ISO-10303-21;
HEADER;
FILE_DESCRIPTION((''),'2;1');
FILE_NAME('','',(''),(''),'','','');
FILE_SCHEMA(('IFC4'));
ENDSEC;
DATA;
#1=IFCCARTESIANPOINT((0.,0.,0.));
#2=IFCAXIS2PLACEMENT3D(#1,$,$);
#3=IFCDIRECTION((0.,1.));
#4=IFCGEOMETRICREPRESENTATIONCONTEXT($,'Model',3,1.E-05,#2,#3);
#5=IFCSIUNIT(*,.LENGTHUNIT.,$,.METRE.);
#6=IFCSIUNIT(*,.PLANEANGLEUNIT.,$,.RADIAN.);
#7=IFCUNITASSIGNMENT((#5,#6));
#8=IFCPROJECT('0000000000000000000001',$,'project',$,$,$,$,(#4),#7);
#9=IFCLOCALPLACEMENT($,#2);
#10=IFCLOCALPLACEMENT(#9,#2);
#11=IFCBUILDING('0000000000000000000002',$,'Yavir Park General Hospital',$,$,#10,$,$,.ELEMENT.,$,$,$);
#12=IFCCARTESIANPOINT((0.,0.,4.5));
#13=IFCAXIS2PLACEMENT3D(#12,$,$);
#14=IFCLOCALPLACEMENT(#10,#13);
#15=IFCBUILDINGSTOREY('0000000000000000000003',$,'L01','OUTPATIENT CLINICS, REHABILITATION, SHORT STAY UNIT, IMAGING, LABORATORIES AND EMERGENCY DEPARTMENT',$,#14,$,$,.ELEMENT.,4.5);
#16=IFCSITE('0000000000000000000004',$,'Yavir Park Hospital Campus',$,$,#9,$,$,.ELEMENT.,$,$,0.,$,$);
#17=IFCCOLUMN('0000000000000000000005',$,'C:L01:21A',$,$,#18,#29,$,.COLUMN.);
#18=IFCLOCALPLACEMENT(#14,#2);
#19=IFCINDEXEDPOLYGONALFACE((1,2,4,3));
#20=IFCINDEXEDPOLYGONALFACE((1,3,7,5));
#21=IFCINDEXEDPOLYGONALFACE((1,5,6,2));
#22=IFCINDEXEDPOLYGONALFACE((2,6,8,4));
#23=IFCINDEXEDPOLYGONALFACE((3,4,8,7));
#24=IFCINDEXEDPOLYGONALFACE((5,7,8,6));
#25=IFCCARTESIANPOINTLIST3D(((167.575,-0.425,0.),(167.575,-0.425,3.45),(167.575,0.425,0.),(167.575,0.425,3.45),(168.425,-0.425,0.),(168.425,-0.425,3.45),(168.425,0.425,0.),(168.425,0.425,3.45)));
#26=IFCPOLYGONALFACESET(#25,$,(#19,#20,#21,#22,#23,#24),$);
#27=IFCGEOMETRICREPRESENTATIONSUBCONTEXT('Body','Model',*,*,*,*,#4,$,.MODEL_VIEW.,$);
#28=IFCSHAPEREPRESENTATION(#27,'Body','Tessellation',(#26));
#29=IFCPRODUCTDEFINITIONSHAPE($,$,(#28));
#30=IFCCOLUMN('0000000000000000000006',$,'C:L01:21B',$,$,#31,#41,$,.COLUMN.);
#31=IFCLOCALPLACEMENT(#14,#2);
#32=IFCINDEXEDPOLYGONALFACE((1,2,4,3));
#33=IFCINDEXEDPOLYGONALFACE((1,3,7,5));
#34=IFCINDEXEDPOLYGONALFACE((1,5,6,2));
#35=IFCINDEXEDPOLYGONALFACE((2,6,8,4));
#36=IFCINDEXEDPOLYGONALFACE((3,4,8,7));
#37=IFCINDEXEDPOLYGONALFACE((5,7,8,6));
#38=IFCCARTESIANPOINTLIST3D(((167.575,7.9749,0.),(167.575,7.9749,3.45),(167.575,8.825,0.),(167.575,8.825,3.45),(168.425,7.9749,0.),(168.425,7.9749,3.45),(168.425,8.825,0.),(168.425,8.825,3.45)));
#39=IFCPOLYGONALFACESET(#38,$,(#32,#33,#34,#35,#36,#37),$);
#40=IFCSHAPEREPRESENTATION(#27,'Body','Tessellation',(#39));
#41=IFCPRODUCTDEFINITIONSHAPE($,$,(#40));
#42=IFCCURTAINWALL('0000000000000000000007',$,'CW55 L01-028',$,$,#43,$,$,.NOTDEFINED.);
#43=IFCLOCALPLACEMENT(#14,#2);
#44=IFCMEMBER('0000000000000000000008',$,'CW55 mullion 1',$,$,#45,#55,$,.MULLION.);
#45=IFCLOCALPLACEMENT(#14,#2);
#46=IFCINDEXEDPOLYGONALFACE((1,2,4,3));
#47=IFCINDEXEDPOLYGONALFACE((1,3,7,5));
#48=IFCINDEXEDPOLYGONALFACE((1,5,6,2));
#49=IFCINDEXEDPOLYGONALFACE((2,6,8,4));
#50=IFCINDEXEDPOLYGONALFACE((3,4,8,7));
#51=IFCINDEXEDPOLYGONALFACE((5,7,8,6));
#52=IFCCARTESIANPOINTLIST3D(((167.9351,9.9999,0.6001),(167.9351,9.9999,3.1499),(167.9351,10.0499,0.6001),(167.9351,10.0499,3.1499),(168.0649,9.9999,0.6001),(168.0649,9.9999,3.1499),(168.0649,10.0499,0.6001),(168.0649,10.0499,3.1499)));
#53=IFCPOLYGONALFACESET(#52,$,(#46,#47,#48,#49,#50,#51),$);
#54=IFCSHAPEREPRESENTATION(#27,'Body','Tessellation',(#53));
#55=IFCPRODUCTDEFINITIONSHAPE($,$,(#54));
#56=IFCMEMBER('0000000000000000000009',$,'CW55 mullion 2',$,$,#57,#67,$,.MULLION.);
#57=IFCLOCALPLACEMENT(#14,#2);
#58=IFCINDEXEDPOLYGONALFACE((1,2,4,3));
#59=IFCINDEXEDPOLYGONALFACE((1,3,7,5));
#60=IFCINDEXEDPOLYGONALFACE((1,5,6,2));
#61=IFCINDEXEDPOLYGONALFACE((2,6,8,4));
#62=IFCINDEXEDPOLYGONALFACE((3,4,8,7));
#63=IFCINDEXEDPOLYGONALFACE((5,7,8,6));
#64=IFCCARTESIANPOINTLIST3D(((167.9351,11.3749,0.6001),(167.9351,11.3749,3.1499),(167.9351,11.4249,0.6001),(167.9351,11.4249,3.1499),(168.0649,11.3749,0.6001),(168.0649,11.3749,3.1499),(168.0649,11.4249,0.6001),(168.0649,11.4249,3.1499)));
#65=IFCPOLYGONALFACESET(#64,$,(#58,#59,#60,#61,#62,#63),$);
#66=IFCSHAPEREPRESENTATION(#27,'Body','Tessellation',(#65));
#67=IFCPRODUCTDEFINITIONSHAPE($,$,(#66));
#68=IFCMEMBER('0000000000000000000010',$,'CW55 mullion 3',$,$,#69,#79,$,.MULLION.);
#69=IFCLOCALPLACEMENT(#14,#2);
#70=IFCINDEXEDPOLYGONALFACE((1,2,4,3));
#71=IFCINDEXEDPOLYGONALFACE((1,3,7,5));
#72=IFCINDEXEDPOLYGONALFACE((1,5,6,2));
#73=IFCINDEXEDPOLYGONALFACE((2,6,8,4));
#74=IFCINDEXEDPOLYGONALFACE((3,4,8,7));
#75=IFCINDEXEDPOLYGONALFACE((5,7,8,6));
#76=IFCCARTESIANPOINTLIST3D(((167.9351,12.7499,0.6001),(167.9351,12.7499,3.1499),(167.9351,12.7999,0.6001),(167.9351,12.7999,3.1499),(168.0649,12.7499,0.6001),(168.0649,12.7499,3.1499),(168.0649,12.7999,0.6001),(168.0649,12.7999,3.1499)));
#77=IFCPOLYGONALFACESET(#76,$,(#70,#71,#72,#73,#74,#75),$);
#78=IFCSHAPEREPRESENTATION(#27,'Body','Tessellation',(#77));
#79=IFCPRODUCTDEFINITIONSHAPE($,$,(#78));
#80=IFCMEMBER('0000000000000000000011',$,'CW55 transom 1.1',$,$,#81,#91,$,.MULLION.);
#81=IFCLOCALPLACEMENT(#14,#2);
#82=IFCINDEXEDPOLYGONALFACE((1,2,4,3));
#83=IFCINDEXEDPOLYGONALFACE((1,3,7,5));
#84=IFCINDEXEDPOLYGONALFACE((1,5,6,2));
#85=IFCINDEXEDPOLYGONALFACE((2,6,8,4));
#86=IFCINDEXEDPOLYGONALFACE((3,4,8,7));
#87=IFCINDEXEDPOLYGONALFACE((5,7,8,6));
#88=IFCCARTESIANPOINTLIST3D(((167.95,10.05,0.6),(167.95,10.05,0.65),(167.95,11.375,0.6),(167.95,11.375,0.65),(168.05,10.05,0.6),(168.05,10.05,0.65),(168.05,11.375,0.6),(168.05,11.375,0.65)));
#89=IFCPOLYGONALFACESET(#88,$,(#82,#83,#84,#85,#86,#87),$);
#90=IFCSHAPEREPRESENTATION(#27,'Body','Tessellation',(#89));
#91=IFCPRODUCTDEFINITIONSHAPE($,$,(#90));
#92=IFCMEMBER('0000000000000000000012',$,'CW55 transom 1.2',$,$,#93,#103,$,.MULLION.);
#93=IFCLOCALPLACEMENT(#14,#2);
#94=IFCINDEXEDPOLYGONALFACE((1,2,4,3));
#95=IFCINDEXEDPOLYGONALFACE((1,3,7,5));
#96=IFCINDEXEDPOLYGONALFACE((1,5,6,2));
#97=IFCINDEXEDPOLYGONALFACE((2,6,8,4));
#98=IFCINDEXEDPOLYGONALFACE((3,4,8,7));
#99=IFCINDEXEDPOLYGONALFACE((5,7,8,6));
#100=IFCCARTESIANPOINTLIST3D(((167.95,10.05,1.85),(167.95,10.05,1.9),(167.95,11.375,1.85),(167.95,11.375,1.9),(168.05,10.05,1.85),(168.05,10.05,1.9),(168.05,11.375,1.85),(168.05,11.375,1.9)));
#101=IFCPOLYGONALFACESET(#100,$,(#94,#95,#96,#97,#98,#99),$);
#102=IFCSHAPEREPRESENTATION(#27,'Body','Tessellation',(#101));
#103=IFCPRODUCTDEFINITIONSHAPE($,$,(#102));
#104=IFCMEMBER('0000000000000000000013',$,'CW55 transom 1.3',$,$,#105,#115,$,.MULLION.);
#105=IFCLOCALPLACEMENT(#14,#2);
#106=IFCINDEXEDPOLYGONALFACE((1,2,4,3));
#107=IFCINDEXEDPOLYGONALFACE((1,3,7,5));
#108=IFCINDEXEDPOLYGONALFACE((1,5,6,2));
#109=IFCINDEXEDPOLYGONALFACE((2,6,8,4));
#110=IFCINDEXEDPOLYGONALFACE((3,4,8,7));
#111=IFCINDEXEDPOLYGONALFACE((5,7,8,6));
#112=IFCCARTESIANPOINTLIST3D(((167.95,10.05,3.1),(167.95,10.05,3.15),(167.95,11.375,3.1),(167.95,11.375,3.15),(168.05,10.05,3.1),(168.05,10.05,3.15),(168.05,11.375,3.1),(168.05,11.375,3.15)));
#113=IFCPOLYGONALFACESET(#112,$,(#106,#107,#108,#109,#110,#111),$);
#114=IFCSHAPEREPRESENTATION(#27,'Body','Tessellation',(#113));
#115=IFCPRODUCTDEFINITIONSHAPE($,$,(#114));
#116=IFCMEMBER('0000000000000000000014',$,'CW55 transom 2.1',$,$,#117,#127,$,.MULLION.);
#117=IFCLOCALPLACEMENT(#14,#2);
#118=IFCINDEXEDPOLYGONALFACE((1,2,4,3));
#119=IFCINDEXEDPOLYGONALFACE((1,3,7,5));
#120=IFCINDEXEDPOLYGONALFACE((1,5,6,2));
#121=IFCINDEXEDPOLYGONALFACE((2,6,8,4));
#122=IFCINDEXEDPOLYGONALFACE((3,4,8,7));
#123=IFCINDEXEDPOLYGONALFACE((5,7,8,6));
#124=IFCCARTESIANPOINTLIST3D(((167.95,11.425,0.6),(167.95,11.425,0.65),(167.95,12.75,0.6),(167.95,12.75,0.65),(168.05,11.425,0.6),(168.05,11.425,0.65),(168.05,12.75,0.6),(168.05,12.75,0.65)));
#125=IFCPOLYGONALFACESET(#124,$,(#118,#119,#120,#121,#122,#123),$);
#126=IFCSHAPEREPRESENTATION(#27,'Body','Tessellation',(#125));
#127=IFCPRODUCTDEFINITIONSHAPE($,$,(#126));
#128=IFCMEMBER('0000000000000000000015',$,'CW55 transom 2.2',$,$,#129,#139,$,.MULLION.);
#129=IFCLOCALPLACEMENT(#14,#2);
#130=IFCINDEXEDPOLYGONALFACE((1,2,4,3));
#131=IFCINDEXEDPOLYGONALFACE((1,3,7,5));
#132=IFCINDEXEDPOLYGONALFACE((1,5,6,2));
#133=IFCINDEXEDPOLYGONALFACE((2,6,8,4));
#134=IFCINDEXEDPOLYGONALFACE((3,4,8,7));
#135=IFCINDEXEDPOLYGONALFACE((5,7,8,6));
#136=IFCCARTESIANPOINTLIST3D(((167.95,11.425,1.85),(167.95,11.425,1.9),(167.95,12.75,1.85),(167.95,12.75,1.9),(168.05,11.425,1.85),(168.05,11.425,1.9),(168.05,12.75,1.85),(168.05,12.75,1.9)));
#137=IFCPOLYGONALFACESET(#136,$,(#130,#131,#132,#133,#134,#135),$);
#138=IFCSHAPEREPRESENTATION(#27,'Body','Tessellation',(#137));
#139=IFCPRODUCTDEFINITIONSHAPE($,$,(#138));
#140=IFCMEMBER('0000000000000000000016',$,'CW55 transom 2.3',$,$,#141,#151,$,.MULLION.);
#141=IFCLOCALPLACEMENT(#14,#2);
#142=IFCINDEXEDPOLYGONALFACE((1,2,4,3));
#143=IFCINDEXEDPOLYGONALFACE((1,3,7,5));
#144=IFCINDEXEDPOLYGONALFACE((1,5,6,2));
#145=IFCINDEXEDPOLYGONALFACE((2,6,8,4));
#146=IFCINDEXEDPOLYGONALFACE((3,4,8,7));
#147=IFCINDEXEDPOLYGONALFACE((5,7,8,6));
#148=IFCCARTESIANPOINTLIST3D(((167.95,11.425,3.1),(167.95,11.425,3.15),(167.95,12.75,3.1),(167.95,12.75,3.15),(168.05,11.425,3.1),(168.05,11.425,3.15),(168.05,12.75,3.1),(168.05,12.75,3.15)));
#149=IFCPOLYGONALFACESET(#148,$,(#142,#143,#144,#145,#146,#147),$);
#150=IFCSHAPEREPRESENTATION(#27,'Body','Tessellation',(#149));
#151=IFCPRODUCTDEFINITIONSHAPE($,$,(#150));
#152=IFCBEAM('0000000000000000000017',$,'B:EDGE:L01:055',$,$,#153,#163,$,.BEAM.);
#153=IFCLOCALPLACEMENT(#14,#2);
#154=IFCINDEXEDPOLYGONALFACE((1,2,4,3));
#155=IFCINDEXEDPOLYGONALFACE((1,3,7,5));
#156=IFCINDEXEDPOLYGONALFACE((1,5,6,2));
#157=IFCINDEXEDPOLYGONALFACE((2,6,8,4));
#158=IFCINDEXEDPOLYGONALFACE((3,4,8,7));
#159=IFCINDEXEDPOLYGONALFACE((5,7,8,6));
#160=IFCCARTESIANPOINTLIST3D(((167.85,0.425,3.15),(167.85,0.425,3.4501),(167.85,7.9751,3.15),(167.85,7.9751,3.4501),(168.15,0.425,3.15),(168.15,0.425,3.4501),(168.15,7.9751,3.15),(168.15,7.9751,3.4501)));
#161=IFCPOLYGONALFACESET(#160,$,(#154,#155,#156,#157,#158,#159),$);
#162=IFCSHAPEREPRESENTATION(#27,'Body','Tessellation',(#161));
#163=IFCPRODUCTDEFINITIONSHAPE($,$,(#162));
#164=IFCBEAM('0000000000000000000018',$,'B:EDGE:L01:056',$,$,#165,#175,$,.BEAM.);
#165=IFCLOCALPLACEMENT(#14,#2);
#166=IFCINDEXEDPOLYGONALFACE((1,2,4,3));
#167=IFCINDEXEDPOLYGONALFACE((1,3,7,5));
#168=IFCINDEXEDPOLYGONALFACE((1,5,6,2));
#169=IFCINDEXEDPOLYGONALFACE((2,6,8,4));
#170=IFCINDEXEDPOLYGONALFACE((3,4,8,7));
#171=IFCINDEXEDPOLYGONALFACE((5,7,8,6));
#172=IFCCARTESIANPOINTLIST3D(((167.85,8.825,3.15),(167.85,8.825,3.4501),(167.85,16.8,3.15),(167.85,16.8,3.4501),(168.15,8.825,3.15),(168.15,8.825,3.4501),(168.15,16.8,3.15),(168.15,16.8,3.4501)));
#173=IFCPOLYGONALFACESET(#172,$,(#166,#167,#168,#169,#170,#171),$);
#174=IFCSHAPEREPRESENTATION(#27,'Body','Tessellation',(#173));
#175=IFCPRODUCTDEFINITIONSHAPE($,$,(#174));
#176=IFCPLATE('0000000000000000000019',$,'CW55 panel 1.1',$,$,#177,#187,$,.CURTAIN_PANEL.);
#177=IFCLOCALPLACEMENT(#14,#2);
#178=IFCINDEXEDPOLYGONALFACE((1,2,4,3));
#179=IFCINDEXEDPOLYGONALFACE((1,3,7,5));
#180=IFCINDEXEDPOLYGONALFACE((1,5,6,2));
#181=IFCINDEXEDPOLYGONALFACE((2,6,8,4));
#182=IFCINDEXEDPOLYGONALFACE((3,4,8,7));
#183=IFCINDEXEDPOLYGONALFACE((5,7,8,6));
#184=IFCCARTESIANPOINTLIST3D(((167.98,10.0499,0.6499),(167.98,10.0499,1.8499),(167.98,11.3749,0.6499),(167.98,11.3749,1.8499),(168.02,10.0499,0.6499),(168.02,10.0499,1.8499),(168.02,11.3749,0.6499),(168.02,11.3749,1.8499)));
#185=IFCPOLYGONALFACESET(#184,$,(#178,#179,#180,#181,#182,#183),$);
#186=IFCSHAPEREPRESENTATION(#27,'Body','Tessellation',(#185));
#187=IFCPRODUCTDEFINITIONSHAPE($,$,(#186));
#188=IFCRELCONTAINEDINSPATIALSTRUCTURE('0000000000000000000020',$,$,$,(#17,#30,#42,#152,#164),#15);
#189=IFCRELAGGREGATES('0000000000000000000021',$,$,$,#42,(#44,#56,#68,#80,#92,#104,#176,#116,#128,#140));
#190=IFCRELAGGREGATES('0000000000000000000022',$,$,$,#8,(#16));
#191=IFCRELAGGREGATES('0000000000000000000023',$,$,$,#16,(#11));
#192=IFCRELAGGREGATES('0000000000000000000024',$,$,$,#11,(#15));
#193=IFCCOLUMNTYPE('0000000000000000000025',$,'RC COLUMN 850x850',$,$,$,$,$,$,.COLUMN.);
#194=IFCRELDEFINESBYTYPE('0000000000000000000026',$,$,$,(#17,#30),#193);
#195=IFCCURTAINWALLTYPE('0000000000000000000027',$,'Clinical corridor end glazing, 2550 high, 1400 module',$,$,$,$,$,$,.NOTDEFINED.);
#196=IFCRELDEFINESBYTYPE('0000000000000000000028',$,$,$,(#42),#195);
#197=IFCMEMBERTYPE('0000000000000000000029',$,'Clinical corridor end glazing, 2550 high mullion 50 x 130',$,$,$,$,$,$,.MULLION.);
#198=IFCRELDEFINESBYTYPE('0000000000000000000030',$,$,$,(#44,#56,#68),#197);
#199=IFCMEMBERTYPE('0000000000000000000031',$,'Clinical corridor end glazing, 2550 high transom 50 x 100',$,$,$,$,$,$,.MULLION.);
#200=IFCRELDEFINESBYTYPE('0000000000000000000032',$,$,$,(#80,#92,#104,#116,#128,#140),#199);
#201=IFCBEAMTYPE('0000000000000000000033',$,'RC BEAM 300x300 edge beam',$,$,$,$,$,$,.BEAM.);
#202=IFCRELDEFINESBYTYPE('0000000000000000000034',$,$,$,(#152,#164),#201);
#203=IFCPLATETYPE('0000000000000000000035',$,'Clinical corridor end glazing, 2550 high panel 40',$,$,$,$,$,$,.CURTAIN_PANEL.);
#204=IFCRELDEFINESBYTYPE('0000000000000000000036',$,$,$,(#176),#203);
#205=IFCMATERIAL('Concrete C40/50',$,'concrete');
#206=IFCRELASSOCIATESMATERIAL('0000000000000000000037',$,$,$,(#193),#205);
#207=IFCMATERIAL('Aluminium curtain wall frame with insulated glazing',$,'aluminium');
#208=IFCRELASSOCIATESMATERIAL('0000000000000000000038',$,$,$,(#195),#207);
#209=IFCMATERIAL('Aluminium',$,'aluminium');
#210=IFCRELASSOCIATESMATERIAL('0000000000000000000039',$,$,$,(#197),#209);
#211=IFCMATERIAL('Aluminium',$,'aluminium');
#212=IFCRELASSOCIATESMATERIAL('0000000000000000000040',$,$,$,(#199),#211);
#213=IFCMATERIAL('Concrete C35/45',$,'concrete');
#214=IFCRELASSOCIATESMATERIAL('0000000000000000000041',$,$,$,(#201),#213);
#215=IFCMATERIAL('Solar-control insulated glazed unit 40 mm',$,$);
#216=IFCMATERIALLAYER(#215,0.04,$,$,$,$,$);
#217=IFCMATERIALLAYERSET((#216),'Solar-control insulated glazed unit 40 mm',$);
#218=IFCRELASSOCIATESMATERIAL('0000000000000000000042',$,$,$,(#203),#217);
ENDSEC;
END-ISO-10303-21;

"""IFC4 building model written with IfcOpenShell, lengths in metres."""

from ifc_helpers import new_model, si_unit, direction, frame, origin, origin_2d, place, context, subcontext, project, spatial, rectangle, extrude, material, layer, layer_set, material_profile, profile_set, type_object, element, aggregate, save


model = new_model("IFC4")

# Units and contexts
model_context = context("Model", 3, precision=1e-05, world=origin(), true_north=direction((0.0, 1.0)))
body_context = subcontext(model_context, "Body", "Model", "MODEL_VIEW")
ifc_project = project(units=[si_unit("LENGTHUNIT", "METRE"), si_unit("PLANEANGLEUNIT", "RADIAN")], contexts=[model_context])

# Site, building, storey
site_placement = place(None, origin())
site = spatial("IfcSite", under=ifc_project, at=site_placement, Name="Yavir Park Hospital Campus", CompositionType="ELEMENT", RefElevation=0.0)
building_placement = place(site_placement, origin())
building = spatial("IfcBuilding", under=site, at=building_placement, Name="Yavir Park General Hospital", CompositionType="ELEMENT")
storey_placement = place(building_placement, frame((0.0, 0.0, 4.5)))
storey = spatial("IfcBuildingStorey", under=building, at=storey_placement, Name="L01", Description="OUTPATIENT CLINICS, REHABILITATION, SHORT STAY UNIT, IMAGING, LABORATORIES AND EMERGENCY DEPARTMENT", CompositionType="ELEMENT", Elevation=4.5)

# Columns
ifc_material_1 = material(Name="Concrete C40/50", Category="concrete")
ifc_material_profile_1 = material_profile(ifc_material_1, rectangle(XDim=0.8501, YDim=0.8501, at=origin_2d()), Name="RC850x850")
ifc_profile_set_1 = profile_set([ifc_material_profile_1], Name="Concrete C40/50")
column_type = type_object("IfcColumnType", Name="RC COLUMN 850x850", PredefinedType="COLUMN", material=ifc_profile_set_1)
for number, where, z_axis, x_axis, name in (
    (1, (168.0, 0.0, 0.0), (0.0, 0.0, 1.0), (1.0, 0.0, 0.0), "C:L01:21A"),
    (2, (168.0, 8.3999, 0.0), (0.0, 0.0, 1.0), (1.0, 0.0, 0.0), "C:L01:21B"),
):
    element("IfcColumn", number, at=place(storey_placement, frame(where, z_axis=z_axis, x_axis=x_axis)), inside=storey, type_object=column_type, Name=name, PredefinedType="COLUMN", context=body_context, shape_type="SweptSolid", body=[
        extrude(rectangle(XDim=0.8501, YDim=0.8501, at=origin_2d()), origin(), (0.0, 0.0, 1.0), 3.45),
    ])

# Curtain wall, members
ifc_material_2 = material(Name="Aluminium curtain wall frame with insulated glazing", Category="aluminium")
curtain_wall_type = type_object("IfcCurtainWallType", Name="Clinical corridor end glazing, 2550 high, 1400 module", PredefinedType="NOTDEFINED", material=ifc_material_2)
curtain_wall_placement = place(storey_placement, origin())
curtain_wall = element("IfcCurtainWall", 3, at=curtain_wall_placement, inside=storey, type_object=curtain_wall_type, Name="CW55 L01-028", PredefinedType="NOTDEFINED")
ifc_material_3 = material(Name="Aluminium", Category="aluminium")
ifc_material_profile_2 = material_profile(ifc_material_3, rectangle(XDim=0.1299, YDim=0.05, at=origin_2d()), Name="AL 50x130")
ifc_profile_set_2 = profile_set([ifc_material_profile_2], Name="Aluminium")
member_type_1 = type_object("IfcMemberType", Name="Clinical corridor end glazing, 2550 high mullion 50 x 130", PredefinedType="MULLION", material=ifc_profile_set_2)
member_1_placement = place(storey_placement, frame((168.0, 10.0249, 0.6001), z_axis=(0.0, 0.0, 1.0), x_axis=(-1.0, 0.0, 0.0)))
member_1 = element("IfcMember", 4, at=member_1_placement, type_object=member_type_1, Name="CW55 mullion 1", PredefinedType="MULLION", context=body_context, shape_type="SweptSolid", body=[
    extrude(rectangle(XDim=0.1299, YDim=0.05, at=origin_2d()), origin(), (0.0, 0.0, 1.0), 2.5498),
])
member_2_placement = place(storey_placement, frame((168.0, 11.3999, 0.6001), z_axis=(0.0, 0.0, 1.0), x_axis=(-1.0, 0.0, 0.0)))
member_2 = element("IfcMember", 5, at=member_2_placement, type_object=member_type_1, Name="CW55 mullion 2", PredefinedType="MULLION", context=body_context, shape_type="SweptSolid", body=[
    extrude(rectangle(XDim=0.1299, YDim=0.05, at=origin_2d()), origin(), (0.0, 0.0, 1.0), 2.5498),
])
member_3_placement = place(storey_placement, frame((168.0, 12.7749, 0.6001), z_axis=(0.0, 0.0, 1.0), x_axis=(-1.0, 0.0, 0.0)))
member_3 = element("IfcMember", 6, at=member_3_placement, type_object=member_type_1, Name="CW55 mullion 3", PredefinedType="MULLION", context=body_context, shape_type="SweptSolid", body=[
    extrude(rectangle(XDim=0.1299, YDim=0.05, at=origin_2d()), origin(), (0.0, 0.0, 1.0), 2.5498),
])
ifc_material_4 = material(Name="Aluminium", Category="aluminium")
ifc_material_profile_3 = material_profile(ifc_material_4, rectangle(XDim=0.1001, YDim=0.05, at=origin_2d()), Name="AL 100x50")
ifc_profile_set_3 = profile_set([ifc_material_profile_3], Name="Aluminium")
member_type_2 = type_object("IfcMemberType", Name="Clinical corridor end glazing, 2550 high transom 50 x 100", PredefinedType="MULLION", material=ifc_profile_set_3)
member_4_placement = place(storey_placement, frame((168.0, 10.05, 0.625), z_axis=(0.0, 1.0, 0.0), x_axis=(-1.0, 0.0, 0.0)))
member_4 = element("IfcMember", 7, at=member_4_placement, type_object=member_type_2, Name="CW55 transom 1.1", PredefinedType="MULLION", context=body_context, shape_type="SweptSolid", body=[
    extrude(rectangle(XDim=0.1001, YDim=0.05, at=origin_2d()), origin(), (0.0, 0.0, 1.0), 1.325),
])
member_5_placement = place(storey_placement, frame((168.0, 10.05, 1.875), z_axis=(0.0, 1.0, 0.0), x_axis=(-1.0, 0.0, 0.0)))
member_5 = element("IfcMember", 8, at=member_5_placement, type_object=member_type_2, Name="CW55 transom 1.2", PredefinedType="MULLION", context=body_context, shape_type="SweptSolid", body=[
    extrude(rectangle(XDim=0.1001, YDim=0.05, at=origin_2d()), origin(), (0.0, 0.0, 1.0), 1.325),
])
member_6_placement = place(storey_placement, frame((168.0, 10.05, 3.125), z_axis=(0.0, 1.0, 0.0), x_axis=(-1.0, 0.0, 0.0)))
member_6 = element("IfcMember", 9, at=member_6_placement, type_object=member_type_2, Name="CW55 transom 1.3", PredefinedType="MULLION", context=body_context, shape_type="SweptSolid", body=[
    extrude(rectangle(XDim=0.1001, YDim=0.05, at=origin_2d()), origin(), (0.0, 0.0, 1.0), 1.325),
])
member_7_placement = place(storey_placement, frame((168.0, 11.425, 0.625), z_axis=(0.0, 1.0, 0.0), x_axis=(-1.0, 0.0, 0.0)))
member_7 = element("IfcMember", 10, at=member_7_placement, type_object=member_type_2, Name="CW55 transom 2.1", PredefinedType="MULLION", context=body_context, shape_type="SweptSolid", body=[
    extrude(rectangle(XDim=0.1001, YDim=0.05, at=origin_2d()), origin(), (0.0, 0.0, 1.0), 1.325),
])
member_8_placement = place(storey_placement, frame((168.0, 11.425, 1.875), z_axis=(0.0, 1.0, 0.0), x_axis=(-1.0, 0.0, 0.0)))
member_8 = element("IfcMember", 11, at=member_8_placement, type_object=member_type_2, Name="CW55 transom 2.2", PredefinedType="MULLION", context=body_context, shape_type="SweptSolid", body=[
    extrude(rectangle(XDim=0.1001, YDim=0.05, at=origin_2d()), origin(), (0.0, 0.0, 1.0), 1.325),
])
member_9_placement = place(storey_placement, frame((168.0, 11.425, 3.125), z_axis=(0.0, 1.0, 0.0), x_axis=(-1.0, 0.0, 0.0)))
member_9 = element("IfcMember", 12, at=member_9_placement, type_object=member_type_2, Name="CW55 transom 2.3", PredefinedType="MULLION", context=body_context, shape_type="SweptSolid", body=[
    extrude(rectangle(XDim=0.1001, YDim=0.05, at=origin_2d()), origin(), (0.0, 0.0, 1.0), 1.325),
])

# Beams
ifc_material_5 = material(Name="Concrete C35/45", Category="concrete")
ifc_material_profile_4 = material_profile(ifc_material_5, rectangle(XDim=0.3, YDim=0.3, at=origin_2d()), Name="RC300x300")
ifc_profile_set_4 = profile_set([ifc_material_profile_4], Name="Concrete C35/45")
beam_type = type_object("IfcBeamType", Name="RC BEAM 300x300 edge beam", PredefinedType="BEAM", material=ifc_profile_set_4)
beam_1_placement = place(storey_placement, frame((168.0, 0.425, 3.3), z_axis=(0.0, 1.0, 0.0), x_axis=(-1.0, 0.0, 0.0)))
element("IfcBeam", 13, at=beam_1_placement, inside=storey, type_object=beam_type, Name="B:EDGE:L01:055", PredefinedType="BEAM", context=body_context, shape_type="SweptSolid", body=[
    extrude(rectangle(XDim=0.3, YDim=0.3, at=origin_2d()), origin(), (0.0, 0.0, 1.0), 7.55),
])
beam_2_placement = place(storey_placement, frame((168.0, 8.825, 3.3), z_axis=(0.0, 1.0, 0.0), x_axis=(-1.0, 0.0, 0.0)))
element("IfcBeam", 14, at=beam_2_placement, inside=storey, type_object=beam_type, Name="B:EDGE:L01:056", PredefinedType="BEAM", context=body_context, shape_type="SweptSolid", body=[
    extrude(rectangle(XDim=0.3, YDim=0.3, at=origin_2d()), origin(), (0.0, 0.0, 1.0), 7.9751),
])

# Plate
ifc_material_6 = material(Name="Solar-control insulated glazed unit 40 mm")
ifc_layer_1 = layer(ifc_material_6, 0.04)
ifc_layer_set_1 = layer_set([ifc_layer_1], Name="Solar-control insulated glazed unit 40 mm")
plate_type = type_object("IfcPlateType", Name="Clinical corridor end glazing, 2550 high panel 40", PredefinedType="CURTAIN_PANEL", material=ifc_layer_set_1)
plate_1_placement = place(storey_placement, frame((168.0, 10.7124, 0.6499), z_axis=(0.0, 0.0, 1.0), x_axis=(0.0, 1.0, 0.0)))
plate_1 = element("IfcPlate", 15, at=plate_1_placement, type_object=plate_type, Name="CW55 panel 1.1", PredefinedType="CURTAIN_PANEL", context=body_context, shape_type="SweptSolid", body=[
    extrude(rectangle(XDim=1.325, YDim=0.04, at=origin_2d()), origin(), (0.0, 0.0, 1.0), 1.2),
])
aggregate(curtain_wall, [member_1, member_2, member_3, member_4, member_5, member_6, plate_1, member_7, member_8, member_9])

save(model, "model.ifc")
